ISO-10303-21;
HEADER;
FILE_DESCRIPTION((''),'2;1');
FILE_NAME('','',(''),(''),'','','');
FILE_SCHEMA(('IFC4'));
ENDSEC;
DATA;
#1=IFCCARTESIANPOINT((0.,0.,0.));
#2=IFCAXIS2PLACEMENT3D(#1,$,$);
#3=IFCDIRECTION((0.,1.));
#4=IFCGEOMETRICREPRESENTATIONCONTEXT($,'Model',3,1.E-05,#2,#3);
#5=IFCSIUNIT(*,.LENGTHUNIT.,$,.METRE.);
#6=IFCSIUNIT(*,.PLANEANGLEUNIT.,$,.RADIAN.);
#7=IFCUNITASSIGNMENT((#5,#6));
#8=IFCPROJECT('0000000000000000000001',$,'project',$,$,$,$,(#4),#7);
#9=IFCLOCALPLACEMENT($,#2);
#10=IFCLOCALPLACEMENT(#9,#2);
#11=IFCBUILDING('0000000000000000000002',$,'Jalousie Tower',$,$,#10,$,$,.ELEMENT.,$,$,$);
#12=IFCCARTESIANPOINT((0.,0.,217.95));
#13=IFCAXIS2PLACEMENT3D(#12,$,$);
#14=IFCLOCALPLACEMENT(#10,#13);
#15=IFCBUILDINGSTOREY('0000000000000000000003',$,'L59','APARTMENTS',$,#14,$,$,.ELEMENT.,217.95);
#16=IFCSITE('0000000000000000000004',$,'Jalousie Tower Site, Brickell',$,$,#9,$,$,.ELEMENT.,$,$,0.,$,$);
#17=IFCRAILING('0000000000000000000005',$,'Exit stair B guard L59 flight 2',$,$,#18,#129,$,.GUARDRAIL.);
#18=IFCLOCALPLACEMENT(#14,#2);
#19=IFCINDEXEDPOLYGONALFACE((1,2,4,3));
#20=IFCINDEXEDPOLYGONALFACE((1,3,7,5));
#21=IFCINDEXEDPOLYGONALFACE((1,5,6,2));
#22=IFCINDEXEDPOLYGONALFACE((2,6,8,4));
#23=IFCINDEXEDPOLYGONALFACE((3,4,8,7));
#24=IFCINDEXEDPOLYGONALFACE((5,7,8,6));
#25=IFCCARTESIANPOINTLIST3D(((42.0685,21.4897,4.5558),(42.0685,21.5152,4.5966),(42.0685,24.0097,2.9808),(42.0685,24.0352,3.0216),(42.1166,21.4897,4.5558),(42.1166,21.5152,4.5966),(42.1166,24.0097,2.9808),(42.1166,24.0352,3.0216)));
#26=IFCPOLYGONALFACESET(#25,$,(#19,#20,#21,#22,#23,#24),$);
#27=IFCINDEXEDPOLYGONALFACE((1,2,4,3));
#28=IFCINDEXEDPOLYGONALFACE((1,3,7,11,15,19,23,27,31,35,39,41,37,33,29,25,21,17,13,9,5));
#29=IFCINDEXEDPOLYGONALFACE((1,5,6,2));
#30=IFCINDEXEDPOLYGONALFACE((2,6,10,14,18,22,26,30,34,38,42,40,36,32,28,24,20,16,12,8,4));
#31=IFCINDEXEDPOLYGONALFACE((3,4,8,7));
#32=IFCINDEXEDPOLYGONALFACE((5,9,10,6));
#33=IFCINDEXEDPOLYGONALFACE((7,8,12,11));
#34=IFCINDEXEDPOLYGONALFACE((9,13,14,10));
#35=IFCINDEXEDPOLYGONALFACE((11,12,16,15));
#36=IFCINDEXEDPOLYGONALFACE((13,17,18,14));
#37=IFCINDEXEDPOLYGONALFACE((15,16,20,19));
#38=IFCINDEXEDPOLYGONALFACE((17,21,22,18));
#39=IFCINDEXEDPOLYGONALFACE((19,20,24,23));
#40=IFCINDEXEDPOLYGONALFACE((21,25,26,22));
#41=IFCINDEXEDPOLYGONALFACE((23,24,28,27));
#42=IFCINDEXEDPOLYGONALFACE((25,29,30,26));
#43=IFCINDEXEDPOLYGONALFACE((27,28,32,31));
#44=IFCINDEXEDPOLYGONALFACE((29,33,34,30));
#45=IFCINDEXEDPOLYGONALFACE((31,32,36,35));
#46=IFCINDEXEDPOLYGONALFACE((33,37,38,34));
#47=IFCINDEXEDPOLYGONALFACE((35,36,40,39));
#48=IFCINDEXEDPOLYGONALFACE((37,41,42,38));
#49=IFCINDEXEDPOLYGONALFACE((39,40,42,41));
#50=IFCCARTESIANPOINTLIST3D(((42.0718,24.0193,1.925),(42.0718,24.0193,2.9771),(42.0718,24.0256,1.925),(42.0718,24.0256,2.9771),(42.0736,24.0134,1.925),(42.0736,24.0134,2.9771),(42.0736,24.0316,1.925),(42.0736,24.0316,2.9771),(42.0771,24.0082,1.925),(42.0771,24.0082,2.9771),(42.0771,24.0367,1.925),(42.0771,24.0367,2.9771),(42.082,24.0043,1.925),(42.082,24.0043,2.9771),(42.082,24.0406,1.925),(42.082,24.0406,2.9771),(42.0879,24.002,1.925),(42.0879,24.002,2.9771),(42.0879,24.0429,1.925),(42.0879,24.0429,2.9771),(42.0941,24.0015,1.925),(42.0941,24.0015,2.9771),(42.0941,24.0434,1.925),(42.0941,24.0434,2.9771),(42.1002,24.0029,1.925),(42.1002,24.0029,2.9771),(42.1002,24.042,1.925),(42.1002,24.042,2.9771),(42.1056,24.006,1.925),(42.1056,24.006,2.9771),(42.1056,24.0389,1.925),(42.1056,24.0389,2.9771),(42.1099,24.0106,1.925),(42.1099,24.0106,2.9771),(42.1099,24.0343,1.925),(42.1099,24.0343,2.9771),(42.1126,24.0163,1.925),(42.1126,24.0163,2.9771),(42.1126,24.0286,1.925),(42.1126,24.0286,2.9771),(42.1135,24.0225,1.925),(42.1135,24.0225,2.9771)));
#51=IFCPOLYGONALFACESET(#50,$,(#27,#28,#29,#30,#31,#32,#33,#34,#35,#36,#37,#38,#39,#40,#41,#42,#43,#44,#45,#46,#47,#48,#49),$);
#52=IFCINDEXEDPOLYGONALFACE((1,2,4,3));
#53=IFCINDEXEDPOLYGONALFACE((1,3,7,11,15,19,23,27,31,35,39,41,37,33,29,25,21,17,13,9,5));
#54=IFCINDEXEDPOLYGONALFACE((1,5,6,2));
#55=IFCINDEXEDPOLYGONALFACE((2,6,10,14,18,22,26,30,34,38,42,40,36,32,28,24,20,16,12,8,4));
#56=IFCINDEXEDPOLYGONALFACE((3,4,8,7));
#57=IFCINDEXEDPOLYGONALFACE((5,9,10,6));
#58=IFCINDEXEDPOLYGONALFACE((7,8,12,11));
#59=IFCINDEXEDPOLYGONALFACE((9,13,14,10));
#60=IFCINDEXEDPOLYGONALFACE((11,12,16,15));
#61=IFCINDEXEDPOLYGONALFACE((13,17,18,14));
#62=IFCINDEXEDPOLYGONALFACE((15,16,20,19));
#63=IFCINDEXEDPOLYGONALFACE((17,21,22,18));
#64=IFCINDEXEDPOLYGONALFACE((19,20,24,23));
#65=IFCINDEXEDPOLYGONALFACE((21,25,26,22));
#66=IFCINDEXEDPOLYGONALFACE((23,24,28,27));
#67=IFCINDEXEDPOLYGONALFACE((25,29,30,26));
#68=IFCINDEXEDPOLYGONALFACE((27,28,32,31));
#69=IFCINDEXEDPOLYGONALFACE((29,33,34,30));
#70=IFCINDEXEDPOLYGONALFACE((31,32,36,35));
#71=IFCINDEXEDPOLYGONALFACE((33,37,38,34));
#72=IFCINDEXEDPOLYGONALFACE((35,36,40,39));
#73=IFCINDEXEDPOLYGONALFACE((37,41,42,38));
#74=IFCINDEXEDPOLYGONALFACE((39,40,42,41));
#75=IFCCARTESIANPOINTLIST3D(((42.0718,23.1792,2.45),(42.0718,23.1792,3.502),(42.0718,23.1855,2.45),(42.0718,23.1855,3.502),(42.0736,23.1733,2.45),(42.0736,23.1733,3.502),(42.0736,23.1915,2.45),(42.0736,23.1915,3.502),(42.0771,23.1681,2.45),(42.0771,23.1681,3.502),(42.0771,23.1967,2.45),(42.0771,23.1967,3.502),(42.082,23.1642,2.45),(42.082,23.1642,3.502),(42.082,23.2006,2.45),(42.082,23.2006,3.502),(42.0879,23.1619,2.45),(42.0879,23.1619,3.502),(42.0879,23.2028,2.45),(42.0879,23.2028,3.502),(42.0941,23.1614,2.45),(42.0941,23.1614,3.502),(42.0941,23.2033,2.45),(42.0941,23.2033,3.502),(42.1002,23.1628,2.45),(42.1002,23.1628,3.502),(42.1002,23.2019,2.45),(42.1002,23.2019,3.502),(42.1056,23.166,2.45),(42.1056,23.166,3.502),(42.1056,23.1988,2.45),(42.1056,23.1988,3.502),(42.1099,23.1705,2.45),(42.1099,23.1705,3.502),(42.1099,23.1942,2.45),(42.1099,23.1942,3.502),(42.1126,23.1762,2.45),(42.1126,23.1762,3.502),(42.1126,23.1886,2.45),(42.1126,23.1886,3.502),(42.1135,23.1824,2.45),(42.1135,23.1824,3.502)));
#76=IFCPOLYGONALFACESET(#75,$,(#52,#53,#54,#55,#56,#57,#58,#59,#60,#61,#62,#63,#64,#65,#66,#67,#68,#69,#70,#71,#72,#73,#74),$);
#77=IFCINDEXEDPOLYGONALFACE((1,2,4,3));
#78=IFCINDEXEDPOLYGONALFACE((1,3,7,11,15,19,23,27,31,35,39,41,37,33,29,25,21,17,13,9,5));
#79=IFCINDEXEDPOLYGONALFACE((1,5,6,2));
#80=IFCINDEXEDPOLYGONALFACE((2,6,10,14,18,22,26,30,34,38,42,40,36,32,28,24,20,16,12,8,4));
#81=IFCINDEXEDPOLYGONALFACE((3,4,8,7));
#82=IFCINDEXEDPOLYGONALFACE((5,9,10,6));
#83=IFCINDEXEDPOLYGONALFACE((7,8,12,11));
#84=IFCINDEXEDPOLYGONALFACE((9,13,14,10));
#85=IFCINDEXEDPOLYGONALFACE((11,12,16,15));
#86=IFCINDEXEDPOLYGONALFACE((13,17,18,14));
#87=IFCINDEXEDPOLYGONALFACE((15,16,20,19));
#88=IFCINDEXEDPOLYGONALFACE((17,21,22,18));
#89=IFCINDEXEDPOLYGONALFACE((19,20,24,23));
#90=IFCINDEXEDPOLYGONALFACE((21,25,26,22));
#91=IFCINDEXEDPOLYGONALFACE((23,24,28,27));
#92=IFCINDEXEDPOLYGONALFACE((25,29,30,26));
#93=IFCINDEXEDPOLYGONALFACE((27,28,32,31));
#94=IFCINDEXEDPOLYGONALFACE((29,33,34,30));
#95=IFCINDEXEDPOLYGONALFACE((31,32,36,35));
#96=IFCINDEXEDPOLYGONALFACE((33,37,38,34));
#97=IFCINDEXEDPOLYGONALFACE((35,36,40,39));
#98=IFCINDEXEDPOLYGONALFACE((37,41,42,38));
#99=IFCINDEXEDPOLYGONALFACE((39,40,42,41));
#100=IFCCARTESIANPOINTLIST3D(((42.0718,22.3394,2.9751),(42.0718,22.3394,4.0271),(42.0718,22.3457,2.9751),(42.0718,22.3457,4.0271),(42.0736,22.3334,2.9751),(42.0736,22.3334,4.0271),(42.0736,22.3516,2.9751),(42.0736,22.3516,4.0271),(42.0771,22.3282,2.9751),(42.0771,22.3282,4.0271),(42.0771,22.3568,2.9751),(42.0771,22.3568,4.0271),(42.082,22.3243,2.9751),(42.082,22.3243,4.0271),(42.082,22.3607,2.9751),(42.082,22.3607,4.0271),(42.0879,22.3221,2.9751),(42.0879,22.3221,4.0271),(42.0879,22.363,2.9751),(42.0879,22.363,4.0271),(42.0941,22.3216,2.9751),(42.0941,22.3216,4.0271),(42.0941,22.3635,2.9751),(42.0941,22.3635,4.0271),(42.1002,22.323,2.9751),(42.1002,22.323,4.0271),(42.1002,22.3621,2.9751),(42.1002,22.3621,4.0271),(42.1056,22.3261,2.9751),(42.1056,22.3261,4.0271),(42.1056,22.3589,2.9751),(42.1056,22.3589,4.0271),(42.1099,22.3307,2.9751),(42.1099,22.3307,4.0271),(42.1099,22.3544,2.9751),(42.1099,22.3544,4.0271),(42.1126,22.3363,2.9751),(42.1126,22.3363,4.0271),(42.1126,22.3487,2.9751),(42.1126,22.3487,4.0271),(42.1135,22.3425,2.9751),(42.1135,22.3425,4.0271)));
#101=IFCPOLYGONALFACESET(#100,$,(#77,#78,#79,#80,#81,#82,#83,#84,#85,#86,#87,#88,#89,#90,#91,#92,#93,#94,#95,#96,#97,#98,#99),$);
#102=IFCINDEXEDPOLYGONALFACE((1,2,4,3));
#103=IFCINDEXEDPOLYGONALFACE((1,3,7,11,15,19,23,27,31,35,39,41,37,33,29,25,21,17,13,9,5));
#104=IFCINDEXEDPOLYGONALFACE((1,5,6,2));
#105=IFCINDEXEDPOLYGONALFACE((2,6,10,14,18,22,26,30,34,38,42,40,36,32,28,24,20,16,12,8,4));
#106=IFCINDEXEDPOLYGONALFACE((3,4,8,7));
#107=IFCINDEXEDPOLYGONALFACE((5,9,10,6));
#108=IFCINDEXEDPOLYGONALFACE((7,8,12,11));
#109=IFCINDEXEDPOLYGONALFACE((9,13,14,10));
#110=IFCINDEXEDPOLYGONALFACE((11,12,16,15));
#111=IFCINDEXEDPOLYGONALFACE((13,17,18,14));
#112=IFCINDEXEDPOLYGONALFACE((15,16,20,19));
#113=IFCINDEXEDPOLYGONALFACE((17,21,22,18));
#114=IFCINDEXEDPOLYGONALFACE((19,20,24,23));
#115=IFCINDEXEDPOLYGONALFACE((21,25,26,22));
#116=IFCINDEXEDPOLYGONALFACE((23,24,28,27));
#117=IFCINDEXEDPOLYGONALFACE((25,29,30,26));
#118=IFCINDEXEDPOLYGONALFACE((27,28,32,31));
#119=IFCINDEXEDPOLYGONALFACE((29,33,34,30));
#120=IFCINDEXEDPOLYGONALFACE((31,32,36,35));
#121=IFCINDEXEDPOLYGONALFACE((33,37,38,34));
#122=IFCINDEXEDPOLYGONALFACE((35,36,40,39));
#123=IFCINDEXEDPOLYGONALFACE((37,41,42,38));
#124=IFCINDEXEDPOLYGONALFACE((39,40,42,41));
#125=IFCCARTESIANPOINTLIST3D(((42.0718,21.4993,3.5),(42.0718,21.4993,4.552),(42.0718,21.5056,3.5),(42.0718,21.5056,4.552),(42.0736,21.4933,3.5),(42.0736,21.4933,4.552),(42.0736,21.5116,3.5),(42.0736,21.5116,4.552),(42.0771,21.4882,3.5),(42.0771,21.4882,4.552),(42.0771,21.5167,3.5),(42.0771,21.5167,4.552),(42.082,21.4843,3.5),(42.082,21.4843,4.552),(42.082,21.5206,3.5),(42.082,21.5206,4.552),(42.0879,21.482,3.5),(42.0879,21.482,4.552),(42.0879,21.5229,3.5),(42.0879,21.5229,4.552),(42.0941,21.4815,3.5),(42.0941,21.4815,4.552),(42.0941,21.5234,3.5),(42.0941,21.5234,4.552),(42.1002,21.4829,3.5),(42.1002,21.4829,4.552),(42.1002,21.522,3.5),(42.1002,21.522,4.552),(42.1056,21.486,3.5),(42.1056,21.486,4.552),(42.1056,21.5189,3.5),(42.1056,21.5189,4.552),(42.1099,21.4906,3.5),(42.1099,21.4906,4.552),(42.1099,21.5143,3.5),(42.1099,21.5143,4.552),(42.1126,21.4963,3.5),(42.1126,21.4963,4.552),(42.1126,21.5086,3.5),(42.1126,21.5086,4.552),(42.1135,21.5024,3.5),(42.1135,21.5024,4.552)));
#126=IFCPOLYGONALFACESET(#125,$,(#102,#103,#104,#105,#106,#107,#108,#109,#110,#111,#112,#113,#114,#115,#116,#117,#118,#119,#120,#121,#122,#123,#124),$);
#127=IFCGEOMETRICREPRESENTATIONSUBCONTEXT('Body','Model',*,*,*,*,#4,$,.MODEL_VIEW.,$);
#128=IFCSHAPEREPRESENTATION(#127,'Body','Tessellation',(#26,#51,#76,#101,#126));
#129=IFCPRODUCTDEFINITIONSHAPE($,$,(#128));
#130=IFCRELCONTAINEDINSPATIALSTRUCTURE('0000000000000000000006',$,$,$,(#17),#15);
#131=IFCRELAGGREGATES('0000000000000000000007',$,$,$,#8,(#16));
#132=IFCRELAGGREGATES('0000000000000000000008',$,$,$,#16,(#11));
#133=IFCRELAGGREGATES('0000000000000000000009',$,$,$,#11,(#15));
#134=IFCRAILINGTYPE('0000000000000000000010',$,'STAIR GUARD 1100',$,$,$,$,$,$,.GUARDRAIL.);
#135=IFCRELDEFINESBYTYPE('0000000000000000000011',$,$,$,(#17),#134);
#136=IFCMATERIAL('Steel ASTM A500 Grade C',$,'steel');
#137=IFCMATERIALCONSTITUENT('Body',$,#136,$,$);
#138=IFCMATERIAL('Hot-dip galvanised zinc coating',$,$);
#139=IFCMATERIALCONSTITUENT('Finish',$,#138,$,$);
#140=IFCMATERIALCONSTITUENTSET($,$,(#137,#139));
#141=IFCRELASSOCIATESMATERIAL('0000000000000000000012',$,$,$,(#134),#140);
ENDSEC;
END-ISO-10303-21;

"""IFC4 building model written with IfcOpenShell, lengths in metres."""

from ifc_helpers import new_model, si_unit, direction, frame, origin, origin_2d, place, context, subcontext, project, spatial, rectangle, circle, extrude, material, constituent, constituent_set, type_object, element, save


model = new_model("IFC4")

# Units and contexts
model_context = context("Model", 3, precision=1e-05, world=origin(), true_north=direction((0.0, 1.0)))
body_context = subcontext(model_context, "Body", "Model", "MODEL_VIEW")
ifc_project = project(units=[si_unit("LENGTHUNIT", "METRE"), si_unit("PLANEANGLEUNIT", "RADIAN")], contexts=[model_context])

# Site, building, storey
site_placement = place(None, origin())
site = spatial("IfcSite", under=ifc_project, at=site_placement, Name="Jalousie Tower Site, Brickell", CompositionType="ELEMENT", RefElevation=0.0)
building_placement = place(site_placement, origin())
building = spatial("IfcBuilding", under=site, at=building_placement, Name="Jalousie Tower", CompositionType="ELEMENT")
storey_placement = place(building_placement, frame((0.0, 0.0, 217.95)))
storey = spatial("IfcBuildingStorey", under=building, at=storey_placement, Name="L59", Description="APARTMENTS", CompositionType="ELEMENT", Elevation=217.95)

# Railing
ifc_material_1 = material(Name="Steel ASTM A500 Grade C", Category="steel")
ifc_constituent_1 = constituent(ifc_material_1, Name="Body")
ifc_material_2 = material(Name="Hot-dip galvanised zinc coating")
ifc_constituent_2 = constituent(ifc_material_2, Name="Finish")
ifc_constituent_set_1 = constituent_set(constituents=[ifc_constituent_1, ifc_constituent_2])
railing_type_1 = type_object("IfcRailingType", Name="STAIR GUARD 1100", PredefinedType="GUARDRAIL", material=ifc_constituent_set_1)
railing_1_placement = place(storey_placement, frame((42.0925, 24.0225, 1.925)))
element("IfcRailing", 1, at=railing_1_placement, inside=storey, type_object=railing_type_1, Name="Exit stair B guard L59 flight 2", PredefinedType="GUARDRAIL", context=body_context, shape_type="SweptSolid", body=[
    extrude(rectangle(XDim=0.0481, YDim=0.0481, at=origin_2d()), frame((0.0, 0.0, 1.0762), z_axis=(0.0, -0.848008, 0.529984), x_axis=(1.0, 0.0, 0.0)), (0.0, 0.0, 1.0), 2.9717),
    extrude(circle(Radius=0.021, at=origin_2d()), origin(), (0.0, 0.0, 1.0), 1.052),
    extrude(circle(Radius=0.021, at=origin_2d()), frame((0.0, -0.8401, 0.5249)), (0.0, 0.0, 1.0), 1.052),
    extrude(circle(Radius=0.021, at=origin_2d()), frame((0.0, -1.6799, 1.05)), (0.0, 0.0, 1.0), 1.052),
    extrude(circle(Radius=0.021, at=origin_2d()), frame((0.0, -2.52, 1.575)), (0.0, 0.0, 1.0), 1.052),
])

save(model, "model.ifc")
